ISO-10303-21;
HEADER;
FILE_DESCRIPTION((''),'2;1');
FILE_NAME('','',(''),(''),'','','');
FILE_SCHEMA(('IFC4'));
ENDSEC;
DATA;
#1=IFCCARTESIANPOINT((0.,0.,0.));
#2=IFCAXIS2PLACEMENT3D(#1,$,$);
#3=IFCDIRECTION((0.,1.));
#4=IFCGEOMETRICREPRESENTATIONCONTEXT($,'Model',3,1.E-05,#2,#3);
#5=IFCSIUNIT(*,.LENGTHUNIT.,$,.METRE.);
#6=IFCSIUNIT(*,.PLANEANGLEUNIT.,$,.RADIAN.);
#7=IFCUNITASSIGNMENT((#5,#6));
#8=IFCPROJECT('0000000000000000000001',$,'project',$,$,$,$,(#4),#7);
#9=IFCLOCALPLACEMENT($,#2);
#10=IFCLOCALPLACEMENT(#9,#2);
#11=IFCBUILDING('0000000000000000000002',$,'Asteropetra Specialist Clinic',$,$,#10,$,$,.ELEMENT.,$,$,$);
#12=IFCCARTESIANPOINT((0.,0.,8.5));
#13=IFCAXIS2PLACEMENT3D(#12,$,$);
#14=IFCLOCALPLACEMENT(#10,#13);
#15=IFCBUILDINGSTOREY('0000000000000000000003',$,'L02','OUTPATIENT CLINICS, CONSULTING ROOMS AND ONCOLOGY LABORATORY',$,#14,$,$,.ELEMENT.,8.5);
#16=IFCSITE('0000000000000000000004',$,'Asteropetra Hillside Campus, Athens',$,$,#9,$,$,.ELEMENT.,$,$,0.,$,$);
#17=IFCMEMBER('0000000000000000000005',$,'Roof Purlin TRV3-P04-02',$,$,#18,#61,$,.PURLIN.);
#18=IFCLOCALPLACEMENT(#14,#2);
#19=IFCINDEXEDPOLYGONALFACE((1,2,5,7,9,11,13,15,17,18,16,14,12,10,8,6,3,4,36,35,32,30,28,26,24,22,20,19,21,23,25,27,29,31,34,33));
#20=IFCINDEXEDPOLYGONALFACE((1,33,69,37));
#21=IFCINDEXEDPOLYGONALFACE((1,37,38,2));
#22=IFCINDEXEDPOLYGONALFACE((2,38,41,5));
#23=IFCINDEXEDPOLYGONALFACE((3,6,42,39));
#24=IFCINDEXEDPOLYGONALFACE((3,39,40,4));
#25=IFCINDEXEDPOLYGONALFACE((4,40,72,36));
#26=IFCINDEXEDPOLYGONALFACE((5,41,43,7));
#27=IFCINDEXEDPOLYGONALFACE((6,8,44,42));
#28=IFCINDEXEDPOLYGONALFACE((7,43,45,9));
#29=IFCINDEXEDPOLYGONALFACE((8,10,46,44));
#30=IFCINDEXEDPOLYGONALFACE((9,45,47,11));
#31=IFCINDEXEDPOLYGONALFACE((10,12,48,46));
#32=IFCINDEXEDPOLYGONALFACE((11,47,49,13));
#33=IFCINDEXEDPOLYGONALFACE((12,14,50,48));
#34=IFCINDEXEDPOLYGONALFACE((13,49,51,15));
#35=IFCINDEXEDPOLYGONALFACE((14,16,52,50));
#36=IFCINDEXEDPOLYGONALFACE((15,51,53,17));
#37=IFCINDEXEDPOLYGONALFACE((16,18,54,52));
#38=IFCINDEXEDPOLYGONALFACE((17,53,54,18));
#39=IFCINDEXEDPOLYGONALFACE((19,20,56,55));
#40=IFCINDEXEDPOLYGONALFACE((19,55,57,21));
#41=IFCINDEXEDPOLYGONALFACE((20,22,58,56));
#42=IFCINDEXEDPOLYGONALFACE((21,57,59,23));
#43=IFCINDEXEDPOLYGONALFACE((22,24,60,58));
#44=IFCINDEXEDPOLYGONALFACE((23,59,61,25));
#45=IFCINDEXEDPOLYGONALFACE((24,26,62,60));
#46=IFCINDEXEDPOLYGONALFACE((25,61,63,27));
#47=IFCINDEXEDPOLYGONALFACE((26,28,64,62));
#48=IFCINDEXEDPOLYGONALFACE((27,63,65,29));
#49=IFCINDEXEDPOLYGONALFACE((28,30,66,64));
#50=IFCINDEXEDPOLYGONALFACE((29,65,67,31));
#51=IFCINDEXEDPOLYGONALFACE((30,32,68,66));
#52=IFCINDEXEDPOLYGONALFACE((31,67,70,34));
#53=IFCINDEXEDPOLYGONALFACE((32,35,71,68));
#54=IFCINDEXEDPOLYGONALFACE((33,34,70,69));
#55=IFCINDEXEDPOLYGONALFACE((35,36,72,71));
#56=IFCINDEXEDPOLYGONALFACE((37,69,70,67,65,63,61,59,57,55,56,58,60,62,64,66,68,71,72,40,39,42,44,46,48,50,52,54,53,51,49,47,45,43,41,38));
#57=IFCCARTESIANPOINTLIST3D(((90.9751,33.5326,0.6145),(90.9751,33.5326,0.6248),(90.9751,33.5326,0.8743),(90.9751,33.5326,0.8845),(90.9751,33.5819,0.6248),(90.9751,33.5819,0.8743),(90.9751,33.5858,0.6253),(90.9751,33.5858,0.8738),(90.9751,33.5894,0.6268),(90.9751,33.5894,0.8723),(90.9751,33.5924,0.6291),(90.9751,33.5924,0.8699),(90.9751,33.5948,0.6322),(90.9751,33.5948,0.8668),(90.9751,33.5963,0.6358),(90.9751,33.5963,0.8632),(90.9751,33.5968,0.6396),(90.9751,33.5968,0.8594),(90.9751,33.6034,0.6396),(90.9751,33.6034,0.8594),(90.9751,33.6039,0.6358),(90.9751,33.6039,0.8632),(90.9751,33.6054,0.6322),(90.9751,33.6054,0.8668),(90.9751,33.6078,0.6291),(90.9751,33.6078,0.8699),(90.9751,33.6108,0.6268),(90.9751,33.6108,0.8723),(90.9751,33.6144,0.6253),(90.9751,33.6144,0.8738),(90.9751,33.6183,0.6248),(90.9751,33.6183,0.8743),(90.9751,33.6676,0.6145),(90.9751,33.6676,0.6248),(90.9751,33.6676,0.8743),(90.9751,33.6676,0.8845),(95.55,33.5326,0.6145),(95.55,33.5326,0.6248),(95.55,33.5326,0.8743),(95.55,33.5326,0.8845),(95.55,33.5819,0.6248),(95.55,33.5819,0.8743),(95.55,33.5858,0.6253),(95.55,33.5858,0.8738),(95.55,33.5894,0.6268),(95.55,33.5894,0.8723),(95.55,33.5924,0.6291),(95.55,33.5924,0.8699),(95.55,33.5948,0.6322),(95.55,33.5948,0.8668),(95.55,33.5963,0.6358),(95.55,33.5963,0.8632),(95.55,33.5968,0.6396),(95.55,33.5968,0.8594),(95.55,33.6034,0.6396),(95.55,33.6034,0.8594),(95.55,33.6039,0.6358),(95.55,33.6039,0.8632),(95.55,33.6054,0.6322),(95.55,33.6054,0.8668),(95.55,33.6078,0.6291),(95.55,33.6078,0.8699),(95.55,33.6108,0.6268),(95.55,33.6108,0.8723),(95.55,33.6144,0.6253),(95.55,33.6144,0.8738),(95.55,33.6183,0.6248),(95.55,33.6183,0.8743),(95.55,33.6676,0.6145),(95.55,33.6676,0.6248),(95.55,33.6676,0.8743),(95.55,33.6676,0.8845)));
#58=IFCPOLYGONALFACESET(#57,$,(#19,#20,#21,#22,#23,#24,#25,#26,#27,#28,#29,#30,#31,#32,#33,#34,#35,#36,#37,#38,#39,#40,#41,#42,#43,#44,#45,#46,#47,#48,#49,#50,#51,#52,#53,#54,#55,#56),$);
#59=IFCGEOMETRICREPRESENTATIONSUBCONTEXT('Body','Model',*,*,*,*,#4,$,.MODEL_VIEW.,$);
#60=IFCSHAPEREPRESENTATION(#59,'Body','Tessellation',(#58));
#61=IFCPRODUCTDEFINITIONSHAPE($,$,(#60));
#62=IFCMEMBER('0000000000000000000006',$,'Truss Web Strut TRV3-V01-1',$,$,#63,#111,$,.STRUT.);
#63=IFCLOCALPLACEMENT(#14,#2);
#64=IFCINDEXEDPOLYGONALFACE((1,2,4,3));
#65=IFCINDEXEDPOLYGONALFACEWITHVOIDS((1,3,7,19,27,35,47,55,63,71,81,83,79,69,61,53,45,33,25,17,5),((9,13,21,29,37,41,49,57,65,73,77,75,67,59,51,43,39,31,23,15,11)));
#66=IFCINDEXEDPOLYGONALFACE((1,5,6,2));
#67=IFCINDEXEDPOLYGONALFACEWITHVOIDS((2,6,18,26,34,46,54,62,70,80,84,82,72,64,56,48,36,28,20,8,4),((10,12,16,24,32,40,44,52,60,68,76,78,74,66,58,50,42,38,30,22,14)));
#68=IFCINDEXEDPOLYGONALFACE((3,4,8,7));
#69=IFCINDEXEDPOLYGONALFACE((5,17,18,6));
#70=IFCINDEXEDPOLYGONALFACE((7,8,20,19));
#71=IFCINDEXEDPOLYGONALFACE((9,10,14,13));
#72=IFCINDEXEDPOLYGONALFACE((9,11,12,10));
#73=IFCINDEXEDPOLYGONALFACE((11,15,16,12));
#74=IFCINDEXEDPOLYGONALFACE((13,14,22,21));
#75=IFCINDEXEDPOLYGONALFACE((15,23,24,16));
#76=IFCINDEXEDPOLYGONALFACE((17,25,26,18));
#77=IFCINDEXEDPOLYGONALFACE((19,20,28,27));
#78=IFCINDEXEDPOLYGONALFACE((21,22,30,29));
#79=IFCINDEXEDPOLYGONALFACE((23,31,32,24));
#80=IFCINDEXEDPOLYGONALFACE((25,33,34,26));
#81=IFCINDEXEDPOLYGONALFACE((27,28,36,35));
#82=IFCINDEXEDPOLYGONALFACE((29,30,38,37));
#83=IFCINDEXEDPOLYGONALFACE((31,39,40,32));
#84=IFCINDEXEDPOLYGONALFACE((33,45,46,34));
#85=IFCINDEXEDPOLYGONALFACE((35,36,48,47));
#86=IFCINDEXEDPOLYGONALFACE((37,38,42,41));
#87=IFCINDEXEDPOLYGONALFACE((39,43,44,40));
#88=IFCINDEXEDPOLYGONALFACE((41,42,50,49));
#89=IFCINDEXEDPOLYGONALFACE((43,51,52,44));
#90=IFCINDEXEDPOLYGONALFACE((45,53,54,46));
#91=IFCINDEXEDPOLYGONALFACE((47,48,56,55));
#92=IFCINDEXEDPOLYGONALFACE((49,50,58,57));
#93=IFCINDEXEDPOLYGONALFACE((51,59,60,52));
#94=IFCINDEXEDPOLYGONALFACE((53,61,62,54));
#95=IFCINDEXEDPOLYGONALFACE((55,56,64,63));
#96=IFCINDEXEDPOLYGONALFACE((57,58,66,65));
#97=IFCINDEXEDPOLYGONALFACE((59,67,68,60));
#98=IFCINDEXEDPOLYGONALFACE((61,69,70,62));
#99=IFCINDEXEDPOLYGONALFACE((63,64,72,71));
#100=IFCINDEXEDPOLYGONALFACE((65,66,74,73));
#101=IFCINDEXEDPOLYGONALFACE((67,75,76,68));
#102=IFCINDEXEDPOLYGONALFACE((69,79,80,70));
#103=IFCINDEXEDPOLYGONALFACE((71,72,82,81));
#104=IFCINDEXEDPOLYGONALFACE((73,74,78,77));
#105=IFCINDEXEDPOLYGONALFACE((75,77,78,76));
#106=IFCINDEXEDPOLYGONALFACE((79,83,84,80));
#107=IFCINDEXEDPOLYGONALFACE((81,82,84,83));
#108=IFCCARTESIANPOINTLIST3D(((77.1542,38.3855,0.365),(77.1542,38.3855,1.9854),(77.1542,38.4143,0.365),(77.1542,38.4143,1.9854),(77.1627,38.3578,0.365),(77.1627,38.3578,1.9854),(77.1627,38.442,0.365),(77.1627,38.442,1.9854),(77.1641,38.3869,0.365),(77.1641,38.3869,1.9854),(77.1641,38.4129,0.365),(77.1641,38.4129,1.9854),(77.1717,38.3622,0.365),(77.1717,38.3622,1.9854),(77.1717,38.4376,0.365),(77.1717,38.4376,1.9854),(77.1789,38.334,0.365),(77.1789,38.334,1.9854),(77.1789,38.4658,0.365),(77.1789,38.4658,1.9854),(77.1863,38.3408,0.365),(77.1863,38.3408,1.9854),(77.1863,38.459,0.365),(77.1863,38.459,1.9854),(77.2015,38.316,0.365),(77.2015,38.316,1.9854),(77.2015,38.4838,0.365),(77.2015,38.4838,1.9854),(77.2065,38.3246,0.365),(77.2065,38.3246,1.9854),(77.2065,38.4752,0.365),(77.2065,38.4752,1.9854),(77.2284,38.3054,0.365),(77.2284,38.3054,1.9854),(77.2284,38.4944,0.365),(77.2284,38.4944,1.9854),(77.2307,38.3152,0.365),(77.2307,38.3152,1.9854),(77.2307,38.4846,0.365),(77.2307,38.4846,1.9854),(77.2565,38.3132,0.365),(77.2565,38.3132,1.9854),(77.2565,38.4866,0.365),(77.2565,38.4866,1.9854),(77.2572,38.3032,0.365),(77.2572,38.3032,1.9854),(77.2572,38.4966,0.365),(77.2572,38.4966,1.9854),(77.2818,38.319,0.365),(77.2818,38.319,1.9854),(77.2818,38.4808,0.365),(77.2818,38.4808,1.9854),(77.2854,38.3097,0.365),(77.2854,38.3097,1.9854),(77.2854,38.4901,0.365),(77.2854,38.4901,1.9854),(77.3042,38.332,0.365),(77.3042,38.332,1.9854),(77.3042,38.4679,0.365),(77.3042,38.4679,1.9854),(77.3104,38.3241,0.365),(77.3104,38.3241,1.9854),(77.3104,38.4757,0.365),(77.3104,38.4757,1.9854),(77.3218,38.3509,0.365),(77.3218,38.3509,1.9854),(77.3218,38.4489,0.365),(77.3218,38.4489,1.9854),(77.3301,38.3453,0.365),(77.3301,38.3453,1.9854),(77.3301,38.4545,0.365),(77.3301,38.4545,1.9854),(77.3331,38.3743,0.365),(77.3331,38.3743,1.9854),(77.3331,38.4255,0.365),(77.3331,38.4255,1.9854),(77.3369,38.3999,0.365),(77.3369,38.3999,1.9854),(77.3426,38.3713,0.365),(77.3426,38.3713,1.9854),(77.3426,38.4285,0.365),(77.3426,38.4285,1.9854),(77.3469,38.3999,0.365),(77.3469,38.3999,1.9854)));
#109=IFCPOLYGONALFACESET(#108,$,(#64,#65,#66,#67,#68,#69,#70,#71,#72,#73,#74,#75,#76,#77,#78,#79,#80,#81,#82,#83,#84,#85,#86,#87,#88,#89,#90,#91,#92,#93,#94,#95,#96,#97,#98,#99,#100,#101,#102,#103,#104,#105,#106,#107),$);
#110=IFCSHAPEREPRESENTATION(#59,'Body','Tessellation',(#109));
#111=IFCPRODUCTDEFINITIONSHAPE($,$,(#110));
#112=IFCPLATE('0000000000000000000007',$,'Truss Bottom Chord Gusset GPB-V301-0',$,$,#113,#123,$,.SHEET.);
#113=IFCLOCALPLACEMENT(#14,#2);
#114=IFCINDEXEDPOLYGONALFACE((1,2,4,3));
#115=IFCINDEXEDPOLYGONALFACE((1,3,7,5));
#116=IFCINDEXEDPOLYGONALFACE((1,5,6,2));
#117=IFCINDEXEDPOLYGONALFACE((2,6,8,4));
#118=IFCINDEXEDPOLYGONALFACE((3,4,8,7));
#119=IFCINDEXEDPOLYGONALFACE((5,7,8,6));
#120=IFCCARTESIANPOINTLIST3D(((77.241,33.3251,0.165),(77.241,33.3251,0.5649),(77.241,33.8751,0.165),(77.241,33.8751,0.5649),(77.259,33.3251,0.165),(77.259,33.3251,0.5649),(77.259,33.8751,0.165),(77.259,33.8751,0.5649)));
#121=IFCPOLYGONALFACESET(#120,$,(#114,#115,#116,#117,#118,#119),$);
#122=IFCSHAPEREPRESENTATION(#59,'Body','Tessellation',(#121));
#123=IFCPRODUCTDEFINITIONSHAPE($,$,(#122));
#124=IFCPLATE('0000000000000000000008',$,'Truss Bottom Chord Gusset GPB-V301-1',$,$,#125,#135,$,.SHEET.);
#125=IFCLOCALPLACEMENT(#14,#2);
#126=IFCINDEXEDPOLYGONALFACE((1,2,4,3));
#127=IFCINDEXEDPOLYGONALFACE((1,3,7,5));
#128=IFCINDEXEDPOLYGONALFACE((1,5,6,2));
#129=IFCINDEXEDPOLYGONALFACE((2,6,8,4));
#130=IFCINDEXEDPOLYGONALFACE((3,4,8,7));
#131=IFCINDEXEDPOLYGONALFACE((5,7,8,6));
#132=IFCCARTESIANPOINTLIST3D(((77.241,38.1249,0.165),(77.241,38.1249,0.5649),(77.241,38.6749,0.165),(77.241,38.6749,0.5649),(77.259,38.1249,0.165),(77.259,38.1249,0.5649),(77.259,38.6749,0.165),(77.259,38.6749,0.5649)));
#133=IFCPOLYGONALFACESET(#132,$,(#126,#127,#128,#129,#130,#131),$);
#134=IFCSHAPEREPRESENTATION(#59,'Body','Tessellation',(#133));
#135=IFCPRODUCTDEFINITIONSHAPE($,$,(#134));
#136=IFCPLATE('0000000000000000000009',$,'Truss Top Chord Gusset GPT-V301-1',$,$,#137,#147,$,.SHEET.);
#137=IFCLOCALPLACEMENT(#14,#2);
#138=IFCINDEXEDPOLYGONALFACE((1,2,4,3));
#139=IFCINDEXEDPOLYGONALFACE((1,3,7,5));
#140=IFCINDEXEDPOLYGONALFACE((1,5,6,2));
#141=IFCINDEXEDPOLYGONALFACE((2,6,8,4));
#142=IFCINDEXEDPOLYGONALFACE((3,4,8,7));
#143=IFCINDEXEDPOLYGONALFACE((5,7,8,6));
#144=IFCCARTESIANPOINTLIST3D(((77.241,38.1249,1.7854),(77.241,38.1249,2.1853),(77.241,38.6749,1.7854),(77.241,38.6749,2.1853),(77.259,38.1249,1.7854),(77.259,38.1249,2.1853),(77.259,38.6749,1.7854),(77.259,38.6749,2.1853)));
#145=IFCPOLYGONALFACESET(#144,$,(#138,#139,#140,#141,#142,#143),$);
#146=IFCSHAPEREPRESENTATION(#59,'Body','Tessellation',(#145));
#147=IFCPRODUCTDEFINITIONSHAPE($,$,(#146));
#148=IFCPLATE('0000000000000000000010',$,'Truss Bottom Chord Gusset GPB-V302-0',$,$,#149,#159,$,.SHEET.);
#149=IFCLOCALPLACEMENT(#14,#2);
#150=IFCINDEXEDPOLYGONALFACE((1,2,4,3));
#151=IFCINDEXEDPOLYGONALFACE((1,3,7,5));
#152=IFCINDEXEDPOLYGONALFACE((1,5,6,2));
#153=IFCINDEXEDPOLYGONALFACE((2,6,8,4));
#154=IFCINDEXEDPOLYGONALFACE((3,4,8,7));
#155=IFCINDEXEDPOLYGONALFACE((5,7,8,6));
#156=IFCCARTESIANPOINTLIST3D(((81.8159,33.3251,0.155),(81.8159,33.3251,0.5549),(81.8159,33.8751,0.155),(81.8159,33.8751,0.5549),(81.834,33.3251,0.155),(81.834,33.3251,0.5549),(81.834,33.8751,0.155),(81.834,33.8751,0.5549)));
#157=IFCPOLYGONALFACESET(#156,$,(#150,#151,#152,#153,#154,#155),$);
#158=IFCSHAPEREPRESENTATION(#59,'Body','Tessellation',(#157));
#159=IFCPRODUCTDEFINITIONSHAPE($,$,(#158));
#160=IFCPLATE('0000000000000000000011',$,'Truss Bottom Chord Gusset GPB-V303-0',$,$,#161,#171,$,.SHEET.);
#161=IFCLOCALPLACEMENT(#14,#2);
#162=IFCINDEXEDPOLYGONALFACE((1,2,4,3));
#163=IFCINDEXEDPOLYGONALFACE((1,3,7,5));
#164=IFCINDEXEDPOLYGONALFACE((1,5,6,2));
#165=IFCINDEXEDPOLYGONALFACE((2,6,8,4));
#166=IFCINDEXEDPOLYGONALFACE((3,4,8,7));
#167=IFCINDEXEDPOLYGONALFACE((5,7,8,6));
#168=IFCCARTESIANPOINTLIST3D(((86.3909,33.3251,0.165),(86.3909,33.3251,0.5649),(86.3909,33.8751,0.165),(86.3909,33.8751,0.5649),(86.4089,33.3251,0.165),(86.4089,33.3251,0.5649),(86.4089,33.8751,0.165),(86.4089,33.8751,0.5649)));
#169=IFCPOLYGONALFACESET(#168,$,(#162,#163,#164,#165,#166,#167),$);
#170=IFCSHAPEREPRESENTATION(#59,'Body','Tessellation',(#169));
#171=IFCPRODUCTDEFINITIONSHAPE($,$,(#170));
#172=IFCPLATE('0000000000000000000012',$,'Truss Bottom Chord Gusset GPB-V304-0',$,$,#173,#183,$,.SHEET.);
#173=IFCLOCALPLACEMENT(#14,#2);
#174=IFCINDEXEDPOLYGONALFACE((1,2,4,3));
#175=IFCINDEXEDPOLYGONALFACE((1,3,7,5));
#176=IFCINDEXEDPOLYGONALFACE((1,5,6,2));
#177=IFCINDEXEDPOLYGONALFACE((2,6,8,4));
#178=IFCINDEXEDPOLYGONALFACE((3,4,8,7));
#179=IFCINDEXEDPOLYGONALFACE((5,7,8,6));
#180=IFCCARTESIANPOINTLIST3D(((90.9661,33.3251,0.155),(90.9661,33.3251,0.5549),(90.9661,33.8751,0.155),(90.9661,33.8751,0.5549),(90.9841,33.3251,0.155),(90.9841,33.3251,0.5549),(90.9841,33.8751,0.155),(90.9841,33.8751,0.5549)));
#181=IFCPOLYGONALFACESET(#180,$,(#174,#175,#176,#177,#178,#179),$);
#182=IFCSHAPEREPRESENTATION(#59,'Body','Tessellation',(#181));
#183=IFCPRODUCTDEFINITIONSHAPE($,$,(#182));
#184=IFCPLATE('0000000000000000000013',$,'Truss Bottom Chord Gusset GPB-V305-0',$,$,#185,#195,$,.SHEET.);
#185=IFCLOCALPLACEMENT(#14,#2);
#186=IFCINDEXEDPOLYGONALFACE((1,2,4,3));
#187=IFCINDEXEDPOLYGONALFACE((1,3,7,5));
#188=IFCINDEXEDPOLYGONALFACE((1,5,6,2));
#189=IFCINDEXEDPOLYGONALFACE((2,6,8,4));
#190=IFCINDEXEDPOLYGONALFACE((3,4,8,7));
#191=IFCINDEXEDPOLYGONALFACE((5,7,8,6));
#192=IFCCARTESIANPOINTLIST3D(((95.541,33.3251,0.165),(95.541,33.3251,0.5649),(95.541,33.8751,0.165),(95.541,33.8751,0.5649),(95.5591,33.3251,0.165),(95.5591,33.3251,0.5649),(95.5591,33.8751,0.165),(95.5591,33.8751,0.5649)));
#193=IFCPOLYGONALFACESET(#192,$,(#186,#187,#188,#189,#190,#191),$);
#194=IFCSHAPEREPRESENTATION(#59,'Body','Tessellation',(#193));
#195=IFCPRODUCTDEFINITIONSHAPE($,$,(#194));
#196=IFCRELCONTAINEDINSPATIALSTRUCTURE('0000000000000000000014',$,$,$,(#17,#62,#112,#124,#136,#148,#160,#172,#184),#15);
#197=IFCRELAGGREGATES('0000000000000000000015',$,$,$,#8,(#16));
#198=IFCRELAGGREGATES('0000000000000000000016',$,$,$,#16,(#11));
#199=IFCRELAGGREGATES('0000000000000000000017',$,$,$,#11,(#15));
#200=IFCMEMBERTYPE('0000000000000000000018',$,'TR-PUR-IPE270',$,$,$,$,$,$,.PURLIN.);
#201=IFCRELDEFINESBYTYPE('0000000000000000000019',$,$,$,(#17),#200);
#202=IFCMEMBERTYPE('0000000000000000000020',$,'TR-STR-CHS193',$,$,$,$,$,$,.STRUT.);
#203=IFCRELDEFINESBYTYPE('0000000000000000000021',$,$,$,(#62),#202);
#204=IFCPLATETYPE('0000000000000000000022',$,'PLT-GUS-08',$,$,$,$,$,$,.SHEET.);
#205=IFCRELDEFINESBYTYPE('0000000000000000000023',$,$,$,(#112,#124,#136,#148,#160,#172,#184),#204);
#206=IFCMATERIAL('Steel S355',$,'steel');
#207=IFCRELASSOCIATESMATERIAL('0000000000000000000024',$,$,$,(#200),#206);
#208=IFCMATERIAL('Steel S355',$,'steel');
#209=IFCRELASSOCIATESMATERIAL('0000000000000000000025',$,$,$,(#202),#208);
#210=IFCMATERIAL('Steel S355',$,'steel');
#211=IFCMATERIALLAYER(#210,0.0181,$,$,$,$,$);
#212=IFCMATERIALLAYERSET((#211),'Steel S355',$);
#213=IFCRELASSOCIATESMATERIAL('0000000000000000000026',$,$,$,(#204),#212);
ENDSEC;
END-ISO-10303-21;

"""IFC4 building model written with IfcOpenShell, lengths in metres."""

from ifc_helpers import new_model, si_unit, direction, frame, origin, origin_2d, place, context, subcontext, project, spatial, rectangle, hollow_circle, i_section, extrude, material, layer, layer_set, material_profile, profile_set, type_object, element, save


model = new_model("IFC4")

# Units and contexts
model_context = context("Model", 3, precision=1e-05, world=origin(), true_north=direction((0.0, 1.0)))
body_context = subcontext(model_context, "Body", "Model", "MODEL_VIEW")
ifc_project = project(units=[si_unit("LENGTHUNIT", "METRE"), si_unit("PLANEANGLEUNIT", "RADIAN")], contexts=[model_context])

# Site, building, storey
site_placement = place(None, origin())
site = spatial("IfcSite", under=ifc_project, at=site_placement, Name="Asteropetra Hillside Campus, Athens", CompositionType="ELEMENT", RefElevation=0.0)
building_placement = place(site_placement, origin())
building = spatial("IfcBuilding", under=site, at=building_placement, Name="Asteropetra Specialist Clinic", CompositionType="ELEMENT")
storey_placement = place(building_placement, frame((0.0, 0.0, 8.5)))
storey = spatial("IfcBuildingStorey", under=building, at=storey_placement, Name="L02", Description="OUTPATIENT CLINICS, CONSULTING ROOMS AND ONCOLOGY LABORATORY", CompositionType="ELEMENT", Elevation=8.5)

# Members
ifc_material_1 = material(Name="Steel S355", Category="steel")
ifc_material_profile_1 = material_profile(ifc_material_1, i_section(OverallWidth=0.135, OverallDepth=0.27, WebThickness=0.0066, FlangeThickness=0.0103, FilletRadius=0.0149, at=origin_2d()), Name="IPE 270")
ifc_profile_set_1 = profile_set([ifc_material_profile_1], Name="Steel S355")
member_type_1 = type_object("IfcMemberType", Name="TR-PUR-IPE270", PredefinedType="PURLIN", material=ifc_profile_set_1)
member_1_placement = place(storey_placement, frame((90.9751, 33.6001, 0.7495), z_axis=(1.0, 0.0, 0.0), x_axis=(0.0, 1.0, 0.0)))
element("IfcMember", 1, at=member_1_placement, inside=storey, type_object=member_type_1, Name="Roof Purlin TRV3-P04-02", PredefinedType="PURLIN", context=body_context, shape_type="SweptSolid", body=[
    extrude(i_section(OverallWidth=0.135, OverallDepth=0.27, WebThickness=0.0066, FlangeThickness=0.0103, FilletRadius=0.0149, at=origin_2d()), origin(), (0.0, 0.0, 1.0), 4.575),
])
ifc_material_2 = material(Name="Steel S355", Category="steel")
ifc_material_profile_2 = material_profile(ifc_material_2, hollow_circle(Radius=0.0969, WallThickness=0.01, at=origin_2d()), Name="CHS 193.7x10.0")
ifc_profile_set_2 = profile_set([ifc_material_profile_2], Name="Steel S355")
member_type_2 = type_object("IfcMemberType", Name="TR-STR-CHS193", PredefinedType="STRUT", material=ifc_profile_set_2)
member_2_placement = place(storey_placement, frame((77.25, 38.3999, 0.365), z_axis=(0.0, 0.0, 1.0), x_axis=(1.0, 0.0, 0.0)))
element("IfcMember", 2, at=member_2_placement, inside=storey, type_object=member_type_2, Name="Truss Web Strut TRV3-V01-1", PredefinedType="STRUT", context=body_context, shape_type="SweptSolid", body=[
    extrude(hollow_circle(Radius=0.0969, WallThickness=0.01, at=origin_2d()), origin(), (0.0, 0.0, 1.0), 1.6204),
])

# Plates
ifc_material_3 = material(Name="Steel S355", Category="steel")
ifc_layer = layer(ifc_material_3, 0.0181)
ifc_layer_set = layer_set([ifc_layer], Name="Steel S355")
plate_type = type_object("IfcPlateType", Name="PLT-GUS-08", PredefinedType="SHEET", material=ifc_layer_set)
for number, where, z_axis, x_axis, name in (
    (3, (77.25, 33.6001, 0.165), (0.0, 0.0, 1.0), (1.0, 0.0, 0.0), "Truss Bottom Chord Gusset GPB-V301-0"),
    (4, (77.25, 38.3999, 0.165), (0.0, 0.0, 1.0), (1.0, 0.0, 0.0), "Truss Bottom Chord Gusset GPB-V301-1"),
    (5, (77.25, 38.3999, 1.7854), (0.0, 0.0, 1.0), (1.0, 0.0, 0.0), "Truss Top Chord Gusset GPT-V301-1"),
    (6, (81.825, 33.6001, 0.155), (0.0, 0.0, 1.0), (1.0, 0.0, 0.0), "Truss Bottom Chord Gusset GPB-V302-0"),
    (7, (86.3999, 33.6001, 0.165), (0.0, 0.0, 1.0), (1.0, 0.0, 0.0), "Truss Bottom Chord Gusset GPB-V303-0"),
    (8, (90.9751, 33.6001, 0.155), (0.0, 0.0, 1.0), (1.0, 0.0, 0.0), "Truss Bottom Chord Gusset GPB-V304-0"),
    (9, (95.55, 33.6001, 0.165), (0.0, 0.0, 1.0), (1.0, 0.0, 0.0), "Truss Bottom Chord Gusset GPB-V305-0"),
):
    element("IfcPlate", number, at=place(storey_placement, frame(where, z_axis=z_axis, x_axis=x_axis)), inside=storey, type_object=plate_type, Name=name, PredefinedType="SHEET", context=body_context, shape_type="SweptSolid", body=[
        extrude(rectangle(XDim=0.0181, YDim=0.55, at=origin_2d()), origin(), (0.0, 0.0, 1.0), 0.3999),
    ])

save(model, "model.ifc")
